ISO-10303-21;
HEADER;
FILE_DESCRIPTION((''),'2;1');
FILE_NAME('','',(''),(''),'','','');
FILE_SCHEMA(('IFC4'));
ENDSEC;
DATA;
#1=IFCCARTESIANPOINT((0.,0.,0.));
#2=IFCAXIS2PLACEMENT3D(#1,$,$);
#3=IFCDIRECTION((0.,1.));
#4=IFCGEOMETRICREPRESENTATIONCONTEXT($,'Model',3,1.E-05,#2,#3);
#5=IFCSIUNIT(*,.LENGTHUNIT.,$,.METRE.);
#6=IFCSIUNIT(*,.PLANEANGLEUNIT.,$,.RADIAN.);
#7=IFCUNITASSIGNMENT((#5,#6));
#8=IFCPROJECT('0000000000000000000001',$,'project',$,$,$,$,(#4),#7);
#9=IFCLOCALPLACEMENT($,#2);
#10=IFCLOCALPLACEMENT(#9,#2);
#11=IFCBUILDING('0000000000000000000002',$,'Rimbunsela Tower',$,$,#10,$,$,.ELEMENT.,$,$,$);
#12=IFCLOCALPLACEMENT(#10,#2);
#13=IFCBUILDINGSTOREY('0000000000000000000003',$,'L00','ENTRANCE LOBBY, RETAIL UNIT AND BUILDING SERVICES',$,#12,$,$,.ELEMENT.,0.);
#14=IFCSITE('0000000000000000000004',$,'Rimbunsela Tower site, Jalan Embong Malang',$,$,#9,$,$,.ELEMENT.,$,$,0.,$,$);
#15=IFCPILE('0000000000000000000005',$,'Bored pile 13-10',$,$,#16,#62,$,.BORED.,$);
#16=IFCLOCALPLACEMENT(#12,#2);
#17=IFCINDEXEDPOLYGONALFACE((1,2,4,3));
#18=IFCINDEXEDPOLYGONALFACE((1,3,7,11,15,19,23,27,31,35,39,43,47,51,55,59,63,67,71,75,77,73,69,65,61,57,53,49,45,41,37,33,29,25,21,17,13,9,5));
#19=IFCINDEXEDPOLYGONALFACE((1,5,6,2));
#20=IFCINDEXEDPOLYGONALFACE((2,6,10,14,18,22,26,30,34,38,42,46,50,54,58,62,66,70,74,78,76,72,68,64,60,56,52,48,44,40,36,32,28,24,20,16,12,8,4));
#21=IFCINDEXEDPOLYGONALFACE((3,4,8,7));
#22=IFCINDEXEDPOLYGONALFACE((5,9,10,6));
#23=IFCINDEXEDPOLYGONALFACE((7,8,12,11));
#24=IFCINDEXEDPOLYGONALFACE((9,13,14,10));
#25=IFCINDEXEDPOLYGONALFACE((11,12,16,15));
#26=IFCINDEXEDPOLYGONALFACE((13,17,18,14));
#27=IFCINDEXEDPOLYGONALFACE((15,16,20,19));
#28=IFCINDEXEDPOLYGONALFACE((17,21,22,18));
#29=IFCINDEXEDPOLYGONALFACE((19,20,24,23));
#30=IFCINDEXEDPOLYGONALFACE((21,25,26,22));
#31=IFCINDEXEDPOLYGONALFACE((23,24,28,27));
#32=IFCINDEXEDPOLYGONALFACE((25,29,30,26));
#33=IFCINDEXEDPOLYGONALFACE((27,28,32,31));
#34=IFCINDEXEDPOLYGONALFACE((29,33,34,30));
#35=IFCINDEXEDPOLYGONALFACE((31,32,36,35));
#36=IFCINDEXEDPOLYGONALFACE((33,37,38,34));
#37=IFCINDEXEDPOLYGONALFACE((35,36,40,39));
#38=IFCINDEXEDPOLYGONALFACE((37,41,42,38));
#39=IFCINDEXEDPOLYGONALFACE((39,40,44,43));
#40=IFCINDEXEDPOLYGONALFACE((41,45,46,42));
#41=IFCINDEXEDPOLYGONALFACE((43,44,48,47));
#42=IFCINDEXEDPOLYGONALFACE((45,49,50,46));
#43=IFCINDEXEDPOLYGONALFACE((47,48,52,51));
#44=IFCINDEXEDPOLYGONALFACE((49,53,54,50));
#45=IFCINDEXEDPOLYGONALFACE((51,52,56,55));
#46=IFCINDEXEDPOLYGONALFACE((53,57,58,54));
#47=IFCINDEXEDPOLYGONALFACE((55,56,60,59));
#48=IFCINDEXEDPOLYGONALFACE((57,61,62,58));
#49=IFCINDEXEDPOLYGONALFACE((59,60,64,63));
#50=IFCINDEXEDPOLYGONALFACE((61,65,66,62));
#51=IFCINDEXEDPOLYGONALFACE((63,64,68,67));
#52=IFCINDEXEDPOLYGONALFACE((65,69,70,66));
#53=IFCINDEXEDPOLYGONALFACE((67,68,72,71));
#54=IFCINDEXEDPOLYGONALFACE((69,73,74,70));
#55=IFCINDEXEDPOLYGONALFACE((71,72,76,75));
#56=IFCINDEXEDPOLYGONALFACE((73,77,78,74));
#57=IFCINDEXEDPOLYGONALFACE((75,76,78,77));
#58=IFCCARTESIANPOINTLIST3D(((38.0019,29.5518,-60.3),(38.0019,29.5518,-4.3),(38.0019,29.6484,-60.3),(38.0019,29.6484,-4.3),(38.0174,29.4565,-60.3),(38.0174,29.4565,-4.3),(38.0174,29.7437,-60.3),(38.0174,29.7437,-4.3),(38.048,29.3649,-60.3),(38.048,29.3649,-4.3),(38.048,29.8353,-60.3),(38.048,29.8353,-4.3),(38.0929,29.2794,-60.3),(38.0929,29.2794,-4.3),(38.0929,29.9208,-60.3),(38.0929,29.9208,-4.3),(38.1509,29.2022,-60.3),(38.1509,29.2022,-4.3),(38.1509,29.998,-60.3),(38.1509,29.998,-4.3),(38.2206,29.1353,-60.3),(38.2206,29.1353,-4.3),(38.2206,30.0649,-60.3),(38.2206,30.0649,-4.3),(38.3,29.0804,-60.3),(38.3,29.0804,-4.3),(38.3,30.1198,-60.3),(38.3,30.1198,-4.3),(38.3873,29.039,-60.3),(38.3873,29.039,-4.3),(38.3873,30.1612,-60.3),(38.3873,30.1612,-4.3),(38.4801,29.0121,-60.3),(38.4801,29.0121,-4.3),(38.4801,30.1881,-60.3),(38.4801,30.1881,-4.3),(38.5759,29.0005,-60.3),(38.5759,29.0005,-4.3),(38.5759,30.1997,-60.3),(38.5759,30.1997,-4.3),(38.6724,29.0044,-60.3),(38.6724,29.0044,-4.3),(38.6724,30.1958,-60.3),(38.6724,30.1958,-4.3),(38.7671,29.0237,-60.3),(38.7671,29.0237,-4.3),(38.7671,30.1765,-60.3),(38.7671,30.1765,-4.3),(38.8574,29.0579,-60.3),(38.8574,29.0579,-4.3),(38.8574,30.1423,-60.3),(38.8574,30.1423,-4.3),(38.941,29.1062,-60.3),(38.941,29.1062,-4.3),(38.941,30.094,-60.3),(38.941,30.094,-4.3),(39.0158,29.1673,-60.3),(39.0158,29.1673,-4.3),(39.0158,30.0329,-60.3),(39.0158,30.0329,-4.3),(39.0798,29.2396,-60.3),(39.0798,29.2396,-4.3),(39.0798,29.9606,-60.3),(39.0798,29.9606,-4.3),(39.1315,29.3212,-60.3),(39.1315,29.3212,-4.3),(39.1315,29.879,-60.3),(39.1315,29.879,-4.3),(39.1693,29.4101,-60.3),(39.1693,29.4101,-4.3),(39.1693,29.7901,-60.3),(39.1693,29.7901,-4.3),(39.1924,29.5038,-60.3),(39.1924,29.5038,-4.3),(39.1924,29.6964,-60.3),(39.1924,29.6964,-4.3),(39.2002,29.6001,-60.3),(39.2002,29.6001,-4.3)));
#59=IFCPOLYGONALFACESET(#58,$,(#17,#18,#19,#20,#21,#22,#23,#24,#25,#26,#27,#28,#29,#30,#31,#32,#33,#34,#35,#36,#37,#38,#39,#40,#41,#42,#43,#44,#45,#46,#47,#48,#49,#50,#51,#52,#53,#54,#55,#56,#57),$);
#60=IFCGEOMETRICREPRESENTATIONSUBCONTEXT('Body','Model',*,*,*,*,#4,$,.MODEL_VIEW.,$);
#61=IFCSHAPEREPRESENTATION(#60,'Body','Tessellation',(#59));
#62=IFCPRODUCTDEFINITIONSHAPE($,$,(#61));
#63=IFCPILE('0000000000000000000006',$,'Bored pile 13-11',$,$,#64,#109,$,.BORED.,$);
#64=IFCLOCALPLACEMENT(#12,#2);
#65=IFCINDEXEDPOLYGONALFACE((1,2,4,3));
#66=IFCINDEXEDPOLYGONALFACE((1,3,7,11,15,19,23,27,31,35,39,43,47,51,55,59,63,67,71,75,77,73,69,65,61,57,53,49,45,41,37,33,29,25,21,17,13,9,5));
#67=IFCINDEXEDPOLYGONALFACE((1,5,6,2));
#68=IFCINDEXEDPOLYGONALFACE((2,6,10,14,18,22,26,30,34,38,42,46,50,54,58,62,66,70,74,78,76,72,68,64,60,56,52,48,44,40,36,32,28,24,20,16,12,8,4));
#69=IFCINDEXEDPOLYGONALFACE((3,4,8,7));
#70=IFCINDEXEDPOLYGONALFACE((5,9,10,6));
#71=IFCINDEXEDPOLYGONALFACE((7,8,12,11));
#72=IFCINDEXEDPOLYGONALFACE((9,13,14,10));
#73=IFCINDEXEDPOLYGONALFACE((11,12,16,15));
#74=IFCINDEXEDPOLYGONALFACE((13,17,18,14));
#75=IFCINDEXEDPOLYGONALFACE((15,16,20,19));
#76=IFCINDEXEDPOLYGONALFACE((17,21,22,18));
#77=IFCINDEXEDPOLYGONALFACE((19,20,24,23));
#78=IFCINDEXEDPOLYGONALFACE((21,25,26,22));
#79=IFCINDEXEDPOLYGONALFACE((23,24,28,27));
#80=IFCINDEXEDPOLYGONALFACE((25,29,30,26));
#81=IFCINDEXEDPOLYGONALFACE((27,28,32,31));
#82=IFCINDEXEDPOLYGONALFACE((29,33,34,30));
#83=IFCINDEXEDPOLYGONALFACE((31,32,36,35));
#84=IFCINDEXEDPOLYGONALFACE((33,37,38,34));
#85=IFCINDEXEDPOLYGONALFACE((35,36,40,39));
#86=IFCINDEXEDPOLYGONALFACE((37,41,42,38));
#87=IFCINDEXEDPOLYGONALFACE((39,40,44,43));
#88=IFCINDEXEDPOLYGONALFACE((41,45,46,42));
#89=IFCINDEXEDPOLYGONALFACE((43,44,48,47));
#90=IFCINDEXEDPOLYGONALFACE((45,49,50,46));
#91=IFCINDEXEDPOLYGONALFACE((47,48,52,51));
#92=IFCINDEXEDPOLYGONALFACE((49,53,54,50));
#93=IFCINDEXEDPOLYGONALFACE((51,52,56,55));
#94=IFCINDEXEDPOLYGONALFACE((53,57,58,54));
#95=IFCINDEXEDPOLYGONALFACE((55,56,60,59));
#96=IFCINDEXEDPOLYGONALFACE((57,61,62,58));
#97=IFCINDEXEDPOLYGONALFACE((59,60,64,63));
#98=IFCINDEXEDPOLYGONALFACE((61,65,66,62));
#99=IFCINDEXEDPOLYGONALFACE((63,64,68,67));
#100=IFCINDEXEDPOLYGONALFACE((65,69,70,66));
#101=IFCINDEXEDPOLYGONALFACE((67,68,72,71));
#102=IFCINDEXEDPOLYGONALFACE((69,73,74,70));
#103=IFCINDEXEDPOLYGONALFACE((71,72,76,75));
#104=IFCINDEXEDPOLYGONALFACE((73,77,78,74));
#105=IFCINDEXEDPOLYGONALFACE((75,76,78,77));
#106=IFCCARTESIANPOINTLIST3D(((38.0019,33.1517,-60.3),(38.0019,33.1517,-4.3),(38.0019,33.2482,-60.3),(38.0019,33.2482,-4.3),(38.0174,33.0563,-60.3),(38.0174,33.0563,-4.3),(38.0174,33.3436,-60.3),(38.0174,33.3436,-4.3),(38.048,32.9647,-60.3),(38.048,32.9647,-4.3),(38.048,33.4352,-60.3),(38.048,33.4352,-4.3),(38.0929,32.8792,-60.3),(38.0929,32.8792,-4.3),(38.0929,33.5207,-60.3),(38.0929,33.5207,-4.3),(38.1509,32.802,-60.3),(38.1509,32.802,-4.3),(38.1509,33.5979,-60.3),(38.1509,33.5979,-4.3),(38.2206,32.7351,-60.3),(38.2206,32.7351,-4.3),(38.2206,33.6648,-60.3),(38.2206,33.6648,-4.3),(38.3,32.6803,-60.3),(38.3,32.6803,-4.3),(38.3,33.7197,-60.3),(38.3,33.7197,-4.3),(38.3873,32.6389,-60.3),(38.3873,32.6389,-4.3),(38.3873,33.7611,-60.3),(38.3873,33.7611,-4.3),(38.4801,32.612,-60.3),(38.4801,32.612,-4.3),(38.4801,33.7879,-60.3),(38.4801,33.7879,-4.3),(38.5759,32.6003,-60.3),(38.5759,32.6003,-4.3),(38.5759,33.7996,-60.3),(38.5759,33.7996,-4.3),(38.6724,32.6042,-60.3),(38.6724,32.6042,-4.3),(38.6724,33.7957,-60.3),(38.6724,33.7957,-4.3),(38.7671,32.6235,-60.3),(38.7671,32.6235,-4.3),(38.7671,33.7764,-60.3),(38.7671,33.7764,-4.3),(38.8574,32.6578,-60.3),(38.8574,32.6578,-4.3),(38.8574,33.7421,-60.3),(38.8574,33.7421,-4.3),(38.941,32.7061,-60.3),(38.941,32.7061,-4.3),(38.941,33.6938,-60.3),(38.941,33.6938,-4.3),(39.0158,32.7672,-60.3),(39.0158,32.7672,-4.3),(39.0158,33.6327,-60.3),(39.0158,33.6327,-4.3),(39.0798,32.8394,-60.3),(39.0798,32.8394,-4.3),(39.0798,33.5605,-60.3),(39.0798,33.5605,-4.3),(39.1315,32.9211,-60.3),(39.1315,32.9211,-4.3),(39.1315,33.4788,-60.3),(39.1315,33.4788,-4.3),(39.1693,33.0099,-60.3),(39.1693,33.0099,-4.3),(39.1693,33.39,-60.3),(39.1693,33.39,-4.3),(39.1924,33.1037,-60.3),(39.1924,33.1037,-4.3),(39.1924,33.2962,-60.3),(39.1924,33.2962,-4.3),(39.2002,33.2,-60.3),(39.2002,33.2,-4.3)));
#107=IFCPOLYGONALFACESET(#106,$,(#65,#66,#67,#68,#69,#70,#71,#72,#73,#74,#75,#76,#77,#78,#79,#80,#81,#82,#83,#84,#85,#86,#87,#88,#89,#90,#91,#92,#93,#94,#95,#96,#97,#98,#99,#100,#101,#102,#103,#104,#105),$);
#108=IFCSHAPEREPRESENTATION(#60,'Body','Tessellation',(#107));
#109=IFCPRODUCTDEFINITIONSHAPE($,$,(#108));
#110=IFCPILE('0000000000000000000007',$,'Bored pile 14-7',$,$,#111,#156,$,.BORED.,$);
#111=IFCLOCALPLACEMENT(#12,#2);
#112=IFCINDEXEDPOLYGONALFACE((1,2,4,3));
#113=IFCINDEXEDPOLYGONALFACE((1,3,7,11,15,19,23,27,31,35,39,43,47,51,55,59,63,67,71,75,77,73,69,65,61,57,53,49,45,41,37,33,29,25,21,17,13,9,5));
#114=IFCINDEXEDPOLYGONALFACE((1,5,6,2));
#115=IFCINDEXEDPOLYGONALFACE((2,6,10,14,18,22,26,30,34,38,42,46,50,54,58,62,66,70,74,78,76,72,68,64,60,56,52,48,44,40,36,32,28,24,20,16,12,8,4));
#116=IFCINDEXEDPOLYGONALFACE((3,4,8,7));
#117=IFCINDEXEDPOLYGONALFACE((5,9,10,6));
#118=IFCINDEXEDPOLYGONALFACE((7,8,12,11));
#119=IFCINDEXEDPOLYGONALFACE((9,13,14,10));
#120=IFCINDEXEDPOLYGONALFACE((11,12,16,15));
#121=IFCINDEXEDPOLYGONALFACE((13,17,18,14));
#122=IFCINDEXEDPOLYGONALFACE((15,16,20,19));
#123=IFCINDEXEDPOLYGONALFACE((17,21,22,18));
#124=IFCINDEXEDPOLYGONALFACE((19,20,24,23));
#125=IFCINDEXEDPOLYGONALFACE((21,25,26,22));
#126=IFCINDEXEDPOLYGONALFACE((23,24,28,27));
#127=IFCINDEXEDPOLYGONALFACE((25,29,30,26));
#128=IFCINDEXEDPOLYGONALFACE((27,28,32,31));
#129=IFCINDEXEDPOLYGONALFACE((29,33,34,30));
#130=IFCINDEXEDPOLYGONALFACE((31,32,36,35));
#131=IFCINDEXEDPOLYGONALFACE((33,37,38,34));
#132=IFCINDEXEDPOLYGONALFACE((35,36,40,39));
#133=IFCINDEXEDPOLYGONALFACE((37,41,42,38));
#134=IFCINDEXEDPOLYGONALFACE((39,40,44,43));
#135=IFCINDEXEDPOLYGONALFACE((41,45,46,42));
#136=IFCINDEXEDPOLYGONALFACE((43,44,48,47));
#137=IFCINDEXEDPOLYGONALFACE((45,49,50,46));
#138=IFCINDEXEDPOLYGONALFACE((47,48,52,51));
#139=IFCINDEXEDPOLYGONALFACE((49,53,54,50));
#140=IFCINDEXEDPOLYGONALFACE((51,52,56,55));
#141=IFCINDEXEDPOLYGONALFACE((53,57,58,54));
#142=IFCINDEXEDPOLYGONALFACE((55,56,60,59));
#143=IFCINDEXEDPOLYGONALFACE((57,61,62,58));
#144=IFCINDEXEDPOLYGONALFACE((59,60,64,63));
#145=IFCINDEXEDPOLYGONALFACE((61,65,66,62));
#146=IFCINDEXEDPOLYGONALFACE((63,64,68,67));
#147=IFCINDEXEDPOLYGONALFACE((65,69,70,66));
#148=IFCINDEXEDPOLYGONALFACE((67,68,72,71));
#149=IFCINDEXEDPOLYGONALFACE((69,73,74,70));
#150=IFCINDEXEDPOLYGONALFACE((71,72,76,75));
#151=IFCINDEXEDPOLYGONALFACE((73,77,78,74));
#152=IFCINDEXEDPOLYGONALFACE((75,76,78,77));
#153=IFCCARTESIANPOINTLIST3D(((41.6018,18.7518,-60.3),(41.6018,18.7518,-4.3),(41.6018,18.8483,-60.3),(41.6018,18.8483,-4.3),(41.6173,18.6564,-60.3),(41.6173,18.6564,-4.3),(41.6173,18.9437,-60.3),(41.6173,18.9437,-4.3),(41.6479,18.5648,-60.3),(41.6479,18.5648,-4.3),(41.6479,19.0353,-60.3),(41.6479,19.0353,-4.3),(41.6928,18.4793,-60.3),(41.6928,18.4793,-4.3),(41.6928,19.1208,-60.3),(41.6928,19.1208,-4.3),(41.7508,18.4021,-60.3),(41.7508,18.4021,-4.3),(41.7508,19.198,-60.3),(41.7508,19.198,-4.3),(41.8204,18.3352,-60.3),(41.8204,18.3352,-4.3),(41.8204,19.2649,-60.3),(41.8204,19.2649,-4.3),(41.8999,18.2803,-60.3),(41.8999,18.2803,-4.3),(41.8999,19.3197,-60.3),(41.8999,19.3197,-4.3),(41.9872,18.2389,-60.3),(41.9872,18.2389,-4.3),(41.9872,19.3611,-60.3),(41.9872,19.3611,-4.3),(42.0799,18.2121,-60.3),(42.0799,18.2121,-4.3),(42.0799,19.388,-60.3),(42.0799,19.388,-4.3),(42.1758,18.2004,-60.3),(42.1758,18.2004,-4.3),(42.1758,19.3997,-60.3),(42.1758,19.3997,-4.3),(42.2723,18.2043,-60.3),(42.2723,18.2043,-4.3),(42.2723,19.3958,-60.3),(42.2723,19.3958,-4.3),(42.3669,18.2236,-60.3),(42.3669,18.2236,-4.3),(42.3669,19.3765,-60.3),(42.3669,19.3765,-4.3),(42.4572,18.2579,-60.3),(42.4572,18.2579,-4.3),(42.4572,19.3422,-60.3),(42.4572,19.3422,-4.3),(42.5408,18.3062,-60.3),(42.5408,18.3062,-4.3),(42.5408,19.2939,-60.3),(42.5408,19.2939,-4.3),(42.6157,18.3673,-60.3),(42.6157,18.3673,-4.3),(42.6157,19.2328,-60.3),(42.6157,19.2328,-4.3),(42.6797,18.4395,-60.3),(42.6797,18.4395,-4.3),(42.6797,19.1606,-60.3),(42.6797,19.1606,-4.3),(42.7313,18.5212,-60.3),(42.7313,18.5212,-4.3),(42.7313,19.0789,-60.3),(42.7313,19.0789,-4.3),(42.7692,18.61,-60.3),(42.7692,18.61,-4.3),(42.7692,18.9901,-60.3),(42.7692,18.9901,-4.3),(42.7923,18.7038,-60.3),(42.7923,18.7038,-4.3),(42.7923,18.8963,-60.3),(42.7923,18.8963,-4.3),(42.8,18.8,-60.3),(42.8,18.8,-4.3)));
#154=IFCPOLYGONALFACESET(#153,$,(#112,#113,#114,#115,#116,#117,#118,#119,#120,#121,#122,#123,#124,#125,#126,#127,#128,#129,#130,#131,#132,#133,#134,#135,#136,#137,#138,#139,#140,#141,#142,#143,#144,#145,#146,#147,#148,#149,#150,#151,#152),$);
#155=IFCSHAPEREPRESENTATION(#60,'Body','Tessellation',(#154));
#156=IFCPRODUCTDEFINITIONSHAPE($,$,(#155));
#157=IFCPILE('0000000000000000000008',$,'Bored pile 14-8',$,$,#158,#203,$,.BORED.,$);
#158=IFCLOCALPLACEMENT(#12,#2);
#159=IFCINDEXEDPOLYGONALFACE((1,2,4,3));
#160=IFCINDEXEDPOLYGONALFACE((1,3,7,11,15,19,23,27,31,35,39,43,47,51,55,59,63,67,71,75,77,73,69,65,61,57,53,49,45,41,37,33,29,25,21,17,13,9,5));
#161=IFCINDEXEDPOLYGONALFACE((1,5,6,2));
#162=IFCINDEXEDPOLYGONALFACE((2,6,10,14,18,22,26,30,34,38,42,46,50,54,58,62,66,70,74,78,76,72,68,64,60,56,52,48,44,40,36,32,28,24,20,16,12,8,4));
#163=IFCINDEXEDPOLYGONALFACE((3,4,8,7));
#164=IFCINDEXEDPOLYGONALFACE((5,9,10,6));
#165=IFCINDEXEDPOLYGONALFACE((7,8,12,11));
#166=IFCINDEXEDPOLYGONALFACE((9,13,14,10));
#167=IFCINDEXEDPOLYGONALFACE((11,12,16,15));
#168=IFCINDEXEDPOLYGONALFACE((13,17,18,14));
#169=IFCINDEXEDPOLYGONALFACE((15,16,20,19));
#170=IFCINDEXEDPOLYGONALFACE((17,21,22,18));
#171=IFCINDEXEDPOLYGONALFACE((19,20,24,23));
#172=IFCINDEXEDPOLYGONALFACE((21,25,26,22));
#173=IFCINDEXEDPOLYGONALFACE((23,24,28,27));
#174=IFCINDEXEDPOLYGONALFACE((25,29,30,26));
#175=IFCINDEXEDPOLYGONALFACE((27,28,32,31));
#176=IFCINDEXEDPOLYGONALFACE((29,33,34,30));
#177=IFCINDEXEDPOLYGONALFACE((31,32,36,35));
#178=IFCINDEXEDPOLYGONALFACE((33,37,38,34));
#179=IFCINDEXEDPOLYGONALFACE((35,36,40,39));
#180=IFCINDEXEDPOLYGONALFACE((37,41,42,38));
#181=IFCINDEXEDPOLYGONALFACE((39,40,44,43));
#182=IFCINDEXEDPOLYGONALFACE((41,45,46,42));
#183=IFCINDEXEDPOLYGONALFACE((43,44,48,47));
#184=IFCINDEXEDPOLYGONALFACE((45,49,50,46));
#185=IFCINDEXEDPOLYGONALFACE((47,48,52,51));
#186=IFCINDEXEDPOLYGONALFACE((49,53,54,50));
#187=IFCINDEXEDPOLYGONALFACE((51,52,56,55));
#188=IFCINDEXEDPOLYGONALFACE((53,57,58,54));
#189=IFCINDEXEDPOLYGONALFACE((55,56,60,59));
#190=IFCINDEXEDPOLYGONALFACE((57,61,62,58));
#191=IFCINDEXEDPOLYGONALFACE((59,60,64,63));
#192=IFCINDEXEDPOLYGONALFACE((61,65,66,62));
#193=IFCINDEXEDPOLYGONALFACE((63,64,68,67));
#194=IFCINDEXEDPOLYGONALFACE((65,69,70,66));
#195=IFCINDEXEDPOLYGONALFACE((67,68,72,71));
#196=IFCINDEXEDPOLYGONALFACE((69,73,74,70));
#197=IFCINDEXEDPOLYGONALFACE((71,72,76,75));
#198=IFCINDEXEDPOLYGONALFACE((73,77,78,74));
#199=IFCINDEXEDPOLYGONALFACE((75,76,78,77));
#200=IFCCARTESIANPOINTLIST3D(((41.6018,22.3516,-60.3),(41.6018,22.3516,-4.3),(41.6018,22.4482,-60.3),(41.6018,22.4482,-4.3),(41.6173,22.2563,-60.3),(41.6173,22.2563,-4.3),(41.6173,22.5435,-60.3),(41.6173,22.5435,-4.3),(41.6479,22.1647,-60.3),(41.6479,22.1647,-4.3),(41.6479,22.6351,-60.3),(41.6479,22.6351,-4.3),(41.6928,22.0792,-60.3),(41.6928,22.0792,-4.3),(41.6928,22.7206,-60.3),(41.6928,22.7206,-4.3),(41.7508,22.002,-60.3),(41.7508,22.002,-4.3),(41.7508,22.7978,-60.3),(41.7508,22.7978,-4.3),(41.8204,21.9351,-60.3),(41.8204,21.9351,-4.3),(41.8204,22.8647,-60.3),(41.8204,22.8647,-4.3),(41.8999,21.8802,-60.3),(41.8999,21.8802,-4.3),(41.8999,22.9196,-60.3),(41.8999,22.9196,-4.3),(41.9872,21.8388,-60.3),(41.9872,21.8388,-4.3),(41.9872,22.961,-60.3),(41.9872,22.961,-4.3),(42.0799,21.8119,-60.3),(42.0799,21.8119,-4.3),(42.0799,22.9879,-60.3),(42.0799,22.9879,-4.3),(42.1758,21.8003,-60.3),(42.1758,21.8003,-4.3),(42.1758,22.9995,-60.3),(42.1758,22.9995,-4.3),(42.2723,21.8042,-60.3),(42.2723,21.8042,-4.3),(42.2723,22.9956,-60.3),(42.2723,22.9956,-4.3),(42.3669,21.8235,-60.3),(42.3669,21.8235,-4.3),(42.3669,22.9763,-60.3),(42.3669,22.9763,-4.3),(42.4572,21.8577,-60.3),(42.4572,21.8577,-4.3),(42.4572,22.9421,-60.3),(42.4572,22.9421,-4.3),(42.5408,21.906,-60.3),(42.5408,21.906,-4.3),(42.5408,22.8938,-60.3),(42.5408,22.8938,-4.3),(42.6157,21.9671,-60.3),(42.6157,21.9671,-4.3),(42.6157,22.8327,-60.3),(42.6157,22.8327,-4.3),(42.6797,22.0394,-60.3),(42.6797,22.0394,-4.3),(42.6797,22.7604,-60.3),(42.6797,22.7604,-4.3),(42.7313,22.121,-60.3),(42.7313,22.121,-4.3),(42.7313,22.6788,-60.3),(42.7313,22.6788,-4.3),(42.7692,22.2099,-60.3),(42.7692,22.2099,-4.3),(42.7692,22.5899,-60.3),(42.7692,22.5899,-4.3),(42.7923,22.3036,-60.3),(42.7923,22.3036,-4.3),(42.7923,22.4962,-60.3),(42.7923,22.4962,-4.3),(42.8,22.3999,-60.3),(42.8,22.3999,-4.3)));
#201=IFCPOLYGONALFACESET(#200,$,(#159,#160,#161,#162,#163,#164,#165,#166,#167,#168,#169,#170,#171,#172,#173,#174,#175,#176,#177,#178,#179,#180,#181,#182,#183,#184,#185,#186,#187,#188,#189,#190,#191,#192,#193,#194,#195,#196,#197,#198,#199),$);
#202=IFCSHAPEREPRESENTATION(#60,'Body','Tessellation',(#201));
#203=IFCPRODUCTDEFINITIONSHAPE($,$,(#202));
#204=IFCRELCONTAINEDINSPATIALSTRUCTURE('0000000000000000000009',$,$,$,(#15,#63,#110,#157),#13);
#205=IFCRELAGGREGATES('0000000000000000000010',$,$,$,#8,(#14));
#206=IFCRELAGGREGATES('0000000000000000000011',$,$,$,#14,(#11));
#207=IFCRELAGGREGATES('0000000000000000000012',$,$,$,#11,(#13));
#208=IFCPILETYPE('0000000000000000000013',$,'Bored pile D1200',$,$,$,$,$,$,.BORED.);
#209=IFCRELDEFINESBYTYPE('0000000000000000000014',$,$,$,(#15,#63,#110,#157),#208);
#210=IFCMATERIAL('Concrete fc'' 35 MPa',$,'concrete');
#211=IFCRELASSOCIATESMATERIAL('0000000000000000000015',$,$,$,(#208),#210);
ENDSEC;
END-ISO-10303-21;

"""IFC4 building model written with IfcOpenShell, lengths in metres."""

from ifc_helpers import new_model, si_unit, direction, frame, origin, origin_2d, place, context, subcontext, project, spatial, circle, extrude, material, material_profile, profile_set, type_object, element, save


model = new_model("IFC4")

# Units and contexts
model_context = context("Model", 3, precision=1e-05, world=origin(), true_north=direction((0.0, 1.0)))
body_context = subcontext(model_context, "Body", "Model", "MODEL_VIEW")
ifc_project = project(units=[si_unit("LENGTHUNIT", "METRE"), si_unit("PLANEANGLEUNIT", "RADIAN")], contexts=[model_context])

# Site, building, storey
site_placement = place(None, origin())
site = spatial("IfcSite", under=ifc_project, at=site_placement, Name="Rimbunsela Tower site, Jalan Embong Malang", CompositionType="ELEMENT", RefElevation=0.0)
building_placement = place(site_placement, origin())
building = spatial("IfcBuilding", under=site, at=building_placement, Name="Rimbunsela Tower", CompositionType="ELEMENT")
storey_placement = place(building_placement, origin())
storey = spatial("IfcBuildingStorey", under=building, at=storey_placement, Name="L00", Description="ENTRANCE LOBBY, RETAIL UNIT AND BUILDING SERVICES", CompositionType="ELEMENT", Elevation=0.0)

# Piles
ifc_material_1 = material(Name="Concrete fc' 35 MPa", Category="concrete")
ifc_material_profile_1 = material_profile(ifc_material_1, circle(Radius=0.6001, at=origin_2d()), Name="BP D1200")
ifc_profile_set_1 = profile_set([ifc_material_profile_1], Name="Concrete fc' 35 MPa")
pile_type = type_object("IfcPileType", Name="Bored pile D1200", PredefinedType="BORED", material=ifc_profile_set_1)
for number, where, z_axis, x_axis, name in (
    (1, (38.6001, 29.6001, -4.3), (0.0, 0.0, -1.0), (1.0, 0.0, 0.0), "Bored pile 13-10"),
    (2, (38.6001, 33.2, -4.3), (0.0, 0.0, -1.0), (1.0, 0.0, 0.0), "Bored pile 13-11"),
    (3, (42.2, 18.8, -4.3), (0.0, 0.0, -1.0), (1.0, 0.0, 0.0), "Bored pile 14-7"),
    (4, (42.2, 22.3999, -4.3), (0.0, 0.0, -1.0), (1.0, 0.0, 0.0), "Bored pile 14-8"),
):
    element("IfcPile", number, at=place(storey_placement, frame(where, z_axis=z_axis, x_axis=x_axis)), inside=storey, type_object=pile_type, Name=name, PredefinedType="BORED", context=body_context, shape_type="SweptSolid", body=[
        extrude(circle(Radius=0.6001, at=origin_2d()), origin(), (0.0, 0.0, 1.0), 56.0),
    ])

save(model, "model.ifc")
